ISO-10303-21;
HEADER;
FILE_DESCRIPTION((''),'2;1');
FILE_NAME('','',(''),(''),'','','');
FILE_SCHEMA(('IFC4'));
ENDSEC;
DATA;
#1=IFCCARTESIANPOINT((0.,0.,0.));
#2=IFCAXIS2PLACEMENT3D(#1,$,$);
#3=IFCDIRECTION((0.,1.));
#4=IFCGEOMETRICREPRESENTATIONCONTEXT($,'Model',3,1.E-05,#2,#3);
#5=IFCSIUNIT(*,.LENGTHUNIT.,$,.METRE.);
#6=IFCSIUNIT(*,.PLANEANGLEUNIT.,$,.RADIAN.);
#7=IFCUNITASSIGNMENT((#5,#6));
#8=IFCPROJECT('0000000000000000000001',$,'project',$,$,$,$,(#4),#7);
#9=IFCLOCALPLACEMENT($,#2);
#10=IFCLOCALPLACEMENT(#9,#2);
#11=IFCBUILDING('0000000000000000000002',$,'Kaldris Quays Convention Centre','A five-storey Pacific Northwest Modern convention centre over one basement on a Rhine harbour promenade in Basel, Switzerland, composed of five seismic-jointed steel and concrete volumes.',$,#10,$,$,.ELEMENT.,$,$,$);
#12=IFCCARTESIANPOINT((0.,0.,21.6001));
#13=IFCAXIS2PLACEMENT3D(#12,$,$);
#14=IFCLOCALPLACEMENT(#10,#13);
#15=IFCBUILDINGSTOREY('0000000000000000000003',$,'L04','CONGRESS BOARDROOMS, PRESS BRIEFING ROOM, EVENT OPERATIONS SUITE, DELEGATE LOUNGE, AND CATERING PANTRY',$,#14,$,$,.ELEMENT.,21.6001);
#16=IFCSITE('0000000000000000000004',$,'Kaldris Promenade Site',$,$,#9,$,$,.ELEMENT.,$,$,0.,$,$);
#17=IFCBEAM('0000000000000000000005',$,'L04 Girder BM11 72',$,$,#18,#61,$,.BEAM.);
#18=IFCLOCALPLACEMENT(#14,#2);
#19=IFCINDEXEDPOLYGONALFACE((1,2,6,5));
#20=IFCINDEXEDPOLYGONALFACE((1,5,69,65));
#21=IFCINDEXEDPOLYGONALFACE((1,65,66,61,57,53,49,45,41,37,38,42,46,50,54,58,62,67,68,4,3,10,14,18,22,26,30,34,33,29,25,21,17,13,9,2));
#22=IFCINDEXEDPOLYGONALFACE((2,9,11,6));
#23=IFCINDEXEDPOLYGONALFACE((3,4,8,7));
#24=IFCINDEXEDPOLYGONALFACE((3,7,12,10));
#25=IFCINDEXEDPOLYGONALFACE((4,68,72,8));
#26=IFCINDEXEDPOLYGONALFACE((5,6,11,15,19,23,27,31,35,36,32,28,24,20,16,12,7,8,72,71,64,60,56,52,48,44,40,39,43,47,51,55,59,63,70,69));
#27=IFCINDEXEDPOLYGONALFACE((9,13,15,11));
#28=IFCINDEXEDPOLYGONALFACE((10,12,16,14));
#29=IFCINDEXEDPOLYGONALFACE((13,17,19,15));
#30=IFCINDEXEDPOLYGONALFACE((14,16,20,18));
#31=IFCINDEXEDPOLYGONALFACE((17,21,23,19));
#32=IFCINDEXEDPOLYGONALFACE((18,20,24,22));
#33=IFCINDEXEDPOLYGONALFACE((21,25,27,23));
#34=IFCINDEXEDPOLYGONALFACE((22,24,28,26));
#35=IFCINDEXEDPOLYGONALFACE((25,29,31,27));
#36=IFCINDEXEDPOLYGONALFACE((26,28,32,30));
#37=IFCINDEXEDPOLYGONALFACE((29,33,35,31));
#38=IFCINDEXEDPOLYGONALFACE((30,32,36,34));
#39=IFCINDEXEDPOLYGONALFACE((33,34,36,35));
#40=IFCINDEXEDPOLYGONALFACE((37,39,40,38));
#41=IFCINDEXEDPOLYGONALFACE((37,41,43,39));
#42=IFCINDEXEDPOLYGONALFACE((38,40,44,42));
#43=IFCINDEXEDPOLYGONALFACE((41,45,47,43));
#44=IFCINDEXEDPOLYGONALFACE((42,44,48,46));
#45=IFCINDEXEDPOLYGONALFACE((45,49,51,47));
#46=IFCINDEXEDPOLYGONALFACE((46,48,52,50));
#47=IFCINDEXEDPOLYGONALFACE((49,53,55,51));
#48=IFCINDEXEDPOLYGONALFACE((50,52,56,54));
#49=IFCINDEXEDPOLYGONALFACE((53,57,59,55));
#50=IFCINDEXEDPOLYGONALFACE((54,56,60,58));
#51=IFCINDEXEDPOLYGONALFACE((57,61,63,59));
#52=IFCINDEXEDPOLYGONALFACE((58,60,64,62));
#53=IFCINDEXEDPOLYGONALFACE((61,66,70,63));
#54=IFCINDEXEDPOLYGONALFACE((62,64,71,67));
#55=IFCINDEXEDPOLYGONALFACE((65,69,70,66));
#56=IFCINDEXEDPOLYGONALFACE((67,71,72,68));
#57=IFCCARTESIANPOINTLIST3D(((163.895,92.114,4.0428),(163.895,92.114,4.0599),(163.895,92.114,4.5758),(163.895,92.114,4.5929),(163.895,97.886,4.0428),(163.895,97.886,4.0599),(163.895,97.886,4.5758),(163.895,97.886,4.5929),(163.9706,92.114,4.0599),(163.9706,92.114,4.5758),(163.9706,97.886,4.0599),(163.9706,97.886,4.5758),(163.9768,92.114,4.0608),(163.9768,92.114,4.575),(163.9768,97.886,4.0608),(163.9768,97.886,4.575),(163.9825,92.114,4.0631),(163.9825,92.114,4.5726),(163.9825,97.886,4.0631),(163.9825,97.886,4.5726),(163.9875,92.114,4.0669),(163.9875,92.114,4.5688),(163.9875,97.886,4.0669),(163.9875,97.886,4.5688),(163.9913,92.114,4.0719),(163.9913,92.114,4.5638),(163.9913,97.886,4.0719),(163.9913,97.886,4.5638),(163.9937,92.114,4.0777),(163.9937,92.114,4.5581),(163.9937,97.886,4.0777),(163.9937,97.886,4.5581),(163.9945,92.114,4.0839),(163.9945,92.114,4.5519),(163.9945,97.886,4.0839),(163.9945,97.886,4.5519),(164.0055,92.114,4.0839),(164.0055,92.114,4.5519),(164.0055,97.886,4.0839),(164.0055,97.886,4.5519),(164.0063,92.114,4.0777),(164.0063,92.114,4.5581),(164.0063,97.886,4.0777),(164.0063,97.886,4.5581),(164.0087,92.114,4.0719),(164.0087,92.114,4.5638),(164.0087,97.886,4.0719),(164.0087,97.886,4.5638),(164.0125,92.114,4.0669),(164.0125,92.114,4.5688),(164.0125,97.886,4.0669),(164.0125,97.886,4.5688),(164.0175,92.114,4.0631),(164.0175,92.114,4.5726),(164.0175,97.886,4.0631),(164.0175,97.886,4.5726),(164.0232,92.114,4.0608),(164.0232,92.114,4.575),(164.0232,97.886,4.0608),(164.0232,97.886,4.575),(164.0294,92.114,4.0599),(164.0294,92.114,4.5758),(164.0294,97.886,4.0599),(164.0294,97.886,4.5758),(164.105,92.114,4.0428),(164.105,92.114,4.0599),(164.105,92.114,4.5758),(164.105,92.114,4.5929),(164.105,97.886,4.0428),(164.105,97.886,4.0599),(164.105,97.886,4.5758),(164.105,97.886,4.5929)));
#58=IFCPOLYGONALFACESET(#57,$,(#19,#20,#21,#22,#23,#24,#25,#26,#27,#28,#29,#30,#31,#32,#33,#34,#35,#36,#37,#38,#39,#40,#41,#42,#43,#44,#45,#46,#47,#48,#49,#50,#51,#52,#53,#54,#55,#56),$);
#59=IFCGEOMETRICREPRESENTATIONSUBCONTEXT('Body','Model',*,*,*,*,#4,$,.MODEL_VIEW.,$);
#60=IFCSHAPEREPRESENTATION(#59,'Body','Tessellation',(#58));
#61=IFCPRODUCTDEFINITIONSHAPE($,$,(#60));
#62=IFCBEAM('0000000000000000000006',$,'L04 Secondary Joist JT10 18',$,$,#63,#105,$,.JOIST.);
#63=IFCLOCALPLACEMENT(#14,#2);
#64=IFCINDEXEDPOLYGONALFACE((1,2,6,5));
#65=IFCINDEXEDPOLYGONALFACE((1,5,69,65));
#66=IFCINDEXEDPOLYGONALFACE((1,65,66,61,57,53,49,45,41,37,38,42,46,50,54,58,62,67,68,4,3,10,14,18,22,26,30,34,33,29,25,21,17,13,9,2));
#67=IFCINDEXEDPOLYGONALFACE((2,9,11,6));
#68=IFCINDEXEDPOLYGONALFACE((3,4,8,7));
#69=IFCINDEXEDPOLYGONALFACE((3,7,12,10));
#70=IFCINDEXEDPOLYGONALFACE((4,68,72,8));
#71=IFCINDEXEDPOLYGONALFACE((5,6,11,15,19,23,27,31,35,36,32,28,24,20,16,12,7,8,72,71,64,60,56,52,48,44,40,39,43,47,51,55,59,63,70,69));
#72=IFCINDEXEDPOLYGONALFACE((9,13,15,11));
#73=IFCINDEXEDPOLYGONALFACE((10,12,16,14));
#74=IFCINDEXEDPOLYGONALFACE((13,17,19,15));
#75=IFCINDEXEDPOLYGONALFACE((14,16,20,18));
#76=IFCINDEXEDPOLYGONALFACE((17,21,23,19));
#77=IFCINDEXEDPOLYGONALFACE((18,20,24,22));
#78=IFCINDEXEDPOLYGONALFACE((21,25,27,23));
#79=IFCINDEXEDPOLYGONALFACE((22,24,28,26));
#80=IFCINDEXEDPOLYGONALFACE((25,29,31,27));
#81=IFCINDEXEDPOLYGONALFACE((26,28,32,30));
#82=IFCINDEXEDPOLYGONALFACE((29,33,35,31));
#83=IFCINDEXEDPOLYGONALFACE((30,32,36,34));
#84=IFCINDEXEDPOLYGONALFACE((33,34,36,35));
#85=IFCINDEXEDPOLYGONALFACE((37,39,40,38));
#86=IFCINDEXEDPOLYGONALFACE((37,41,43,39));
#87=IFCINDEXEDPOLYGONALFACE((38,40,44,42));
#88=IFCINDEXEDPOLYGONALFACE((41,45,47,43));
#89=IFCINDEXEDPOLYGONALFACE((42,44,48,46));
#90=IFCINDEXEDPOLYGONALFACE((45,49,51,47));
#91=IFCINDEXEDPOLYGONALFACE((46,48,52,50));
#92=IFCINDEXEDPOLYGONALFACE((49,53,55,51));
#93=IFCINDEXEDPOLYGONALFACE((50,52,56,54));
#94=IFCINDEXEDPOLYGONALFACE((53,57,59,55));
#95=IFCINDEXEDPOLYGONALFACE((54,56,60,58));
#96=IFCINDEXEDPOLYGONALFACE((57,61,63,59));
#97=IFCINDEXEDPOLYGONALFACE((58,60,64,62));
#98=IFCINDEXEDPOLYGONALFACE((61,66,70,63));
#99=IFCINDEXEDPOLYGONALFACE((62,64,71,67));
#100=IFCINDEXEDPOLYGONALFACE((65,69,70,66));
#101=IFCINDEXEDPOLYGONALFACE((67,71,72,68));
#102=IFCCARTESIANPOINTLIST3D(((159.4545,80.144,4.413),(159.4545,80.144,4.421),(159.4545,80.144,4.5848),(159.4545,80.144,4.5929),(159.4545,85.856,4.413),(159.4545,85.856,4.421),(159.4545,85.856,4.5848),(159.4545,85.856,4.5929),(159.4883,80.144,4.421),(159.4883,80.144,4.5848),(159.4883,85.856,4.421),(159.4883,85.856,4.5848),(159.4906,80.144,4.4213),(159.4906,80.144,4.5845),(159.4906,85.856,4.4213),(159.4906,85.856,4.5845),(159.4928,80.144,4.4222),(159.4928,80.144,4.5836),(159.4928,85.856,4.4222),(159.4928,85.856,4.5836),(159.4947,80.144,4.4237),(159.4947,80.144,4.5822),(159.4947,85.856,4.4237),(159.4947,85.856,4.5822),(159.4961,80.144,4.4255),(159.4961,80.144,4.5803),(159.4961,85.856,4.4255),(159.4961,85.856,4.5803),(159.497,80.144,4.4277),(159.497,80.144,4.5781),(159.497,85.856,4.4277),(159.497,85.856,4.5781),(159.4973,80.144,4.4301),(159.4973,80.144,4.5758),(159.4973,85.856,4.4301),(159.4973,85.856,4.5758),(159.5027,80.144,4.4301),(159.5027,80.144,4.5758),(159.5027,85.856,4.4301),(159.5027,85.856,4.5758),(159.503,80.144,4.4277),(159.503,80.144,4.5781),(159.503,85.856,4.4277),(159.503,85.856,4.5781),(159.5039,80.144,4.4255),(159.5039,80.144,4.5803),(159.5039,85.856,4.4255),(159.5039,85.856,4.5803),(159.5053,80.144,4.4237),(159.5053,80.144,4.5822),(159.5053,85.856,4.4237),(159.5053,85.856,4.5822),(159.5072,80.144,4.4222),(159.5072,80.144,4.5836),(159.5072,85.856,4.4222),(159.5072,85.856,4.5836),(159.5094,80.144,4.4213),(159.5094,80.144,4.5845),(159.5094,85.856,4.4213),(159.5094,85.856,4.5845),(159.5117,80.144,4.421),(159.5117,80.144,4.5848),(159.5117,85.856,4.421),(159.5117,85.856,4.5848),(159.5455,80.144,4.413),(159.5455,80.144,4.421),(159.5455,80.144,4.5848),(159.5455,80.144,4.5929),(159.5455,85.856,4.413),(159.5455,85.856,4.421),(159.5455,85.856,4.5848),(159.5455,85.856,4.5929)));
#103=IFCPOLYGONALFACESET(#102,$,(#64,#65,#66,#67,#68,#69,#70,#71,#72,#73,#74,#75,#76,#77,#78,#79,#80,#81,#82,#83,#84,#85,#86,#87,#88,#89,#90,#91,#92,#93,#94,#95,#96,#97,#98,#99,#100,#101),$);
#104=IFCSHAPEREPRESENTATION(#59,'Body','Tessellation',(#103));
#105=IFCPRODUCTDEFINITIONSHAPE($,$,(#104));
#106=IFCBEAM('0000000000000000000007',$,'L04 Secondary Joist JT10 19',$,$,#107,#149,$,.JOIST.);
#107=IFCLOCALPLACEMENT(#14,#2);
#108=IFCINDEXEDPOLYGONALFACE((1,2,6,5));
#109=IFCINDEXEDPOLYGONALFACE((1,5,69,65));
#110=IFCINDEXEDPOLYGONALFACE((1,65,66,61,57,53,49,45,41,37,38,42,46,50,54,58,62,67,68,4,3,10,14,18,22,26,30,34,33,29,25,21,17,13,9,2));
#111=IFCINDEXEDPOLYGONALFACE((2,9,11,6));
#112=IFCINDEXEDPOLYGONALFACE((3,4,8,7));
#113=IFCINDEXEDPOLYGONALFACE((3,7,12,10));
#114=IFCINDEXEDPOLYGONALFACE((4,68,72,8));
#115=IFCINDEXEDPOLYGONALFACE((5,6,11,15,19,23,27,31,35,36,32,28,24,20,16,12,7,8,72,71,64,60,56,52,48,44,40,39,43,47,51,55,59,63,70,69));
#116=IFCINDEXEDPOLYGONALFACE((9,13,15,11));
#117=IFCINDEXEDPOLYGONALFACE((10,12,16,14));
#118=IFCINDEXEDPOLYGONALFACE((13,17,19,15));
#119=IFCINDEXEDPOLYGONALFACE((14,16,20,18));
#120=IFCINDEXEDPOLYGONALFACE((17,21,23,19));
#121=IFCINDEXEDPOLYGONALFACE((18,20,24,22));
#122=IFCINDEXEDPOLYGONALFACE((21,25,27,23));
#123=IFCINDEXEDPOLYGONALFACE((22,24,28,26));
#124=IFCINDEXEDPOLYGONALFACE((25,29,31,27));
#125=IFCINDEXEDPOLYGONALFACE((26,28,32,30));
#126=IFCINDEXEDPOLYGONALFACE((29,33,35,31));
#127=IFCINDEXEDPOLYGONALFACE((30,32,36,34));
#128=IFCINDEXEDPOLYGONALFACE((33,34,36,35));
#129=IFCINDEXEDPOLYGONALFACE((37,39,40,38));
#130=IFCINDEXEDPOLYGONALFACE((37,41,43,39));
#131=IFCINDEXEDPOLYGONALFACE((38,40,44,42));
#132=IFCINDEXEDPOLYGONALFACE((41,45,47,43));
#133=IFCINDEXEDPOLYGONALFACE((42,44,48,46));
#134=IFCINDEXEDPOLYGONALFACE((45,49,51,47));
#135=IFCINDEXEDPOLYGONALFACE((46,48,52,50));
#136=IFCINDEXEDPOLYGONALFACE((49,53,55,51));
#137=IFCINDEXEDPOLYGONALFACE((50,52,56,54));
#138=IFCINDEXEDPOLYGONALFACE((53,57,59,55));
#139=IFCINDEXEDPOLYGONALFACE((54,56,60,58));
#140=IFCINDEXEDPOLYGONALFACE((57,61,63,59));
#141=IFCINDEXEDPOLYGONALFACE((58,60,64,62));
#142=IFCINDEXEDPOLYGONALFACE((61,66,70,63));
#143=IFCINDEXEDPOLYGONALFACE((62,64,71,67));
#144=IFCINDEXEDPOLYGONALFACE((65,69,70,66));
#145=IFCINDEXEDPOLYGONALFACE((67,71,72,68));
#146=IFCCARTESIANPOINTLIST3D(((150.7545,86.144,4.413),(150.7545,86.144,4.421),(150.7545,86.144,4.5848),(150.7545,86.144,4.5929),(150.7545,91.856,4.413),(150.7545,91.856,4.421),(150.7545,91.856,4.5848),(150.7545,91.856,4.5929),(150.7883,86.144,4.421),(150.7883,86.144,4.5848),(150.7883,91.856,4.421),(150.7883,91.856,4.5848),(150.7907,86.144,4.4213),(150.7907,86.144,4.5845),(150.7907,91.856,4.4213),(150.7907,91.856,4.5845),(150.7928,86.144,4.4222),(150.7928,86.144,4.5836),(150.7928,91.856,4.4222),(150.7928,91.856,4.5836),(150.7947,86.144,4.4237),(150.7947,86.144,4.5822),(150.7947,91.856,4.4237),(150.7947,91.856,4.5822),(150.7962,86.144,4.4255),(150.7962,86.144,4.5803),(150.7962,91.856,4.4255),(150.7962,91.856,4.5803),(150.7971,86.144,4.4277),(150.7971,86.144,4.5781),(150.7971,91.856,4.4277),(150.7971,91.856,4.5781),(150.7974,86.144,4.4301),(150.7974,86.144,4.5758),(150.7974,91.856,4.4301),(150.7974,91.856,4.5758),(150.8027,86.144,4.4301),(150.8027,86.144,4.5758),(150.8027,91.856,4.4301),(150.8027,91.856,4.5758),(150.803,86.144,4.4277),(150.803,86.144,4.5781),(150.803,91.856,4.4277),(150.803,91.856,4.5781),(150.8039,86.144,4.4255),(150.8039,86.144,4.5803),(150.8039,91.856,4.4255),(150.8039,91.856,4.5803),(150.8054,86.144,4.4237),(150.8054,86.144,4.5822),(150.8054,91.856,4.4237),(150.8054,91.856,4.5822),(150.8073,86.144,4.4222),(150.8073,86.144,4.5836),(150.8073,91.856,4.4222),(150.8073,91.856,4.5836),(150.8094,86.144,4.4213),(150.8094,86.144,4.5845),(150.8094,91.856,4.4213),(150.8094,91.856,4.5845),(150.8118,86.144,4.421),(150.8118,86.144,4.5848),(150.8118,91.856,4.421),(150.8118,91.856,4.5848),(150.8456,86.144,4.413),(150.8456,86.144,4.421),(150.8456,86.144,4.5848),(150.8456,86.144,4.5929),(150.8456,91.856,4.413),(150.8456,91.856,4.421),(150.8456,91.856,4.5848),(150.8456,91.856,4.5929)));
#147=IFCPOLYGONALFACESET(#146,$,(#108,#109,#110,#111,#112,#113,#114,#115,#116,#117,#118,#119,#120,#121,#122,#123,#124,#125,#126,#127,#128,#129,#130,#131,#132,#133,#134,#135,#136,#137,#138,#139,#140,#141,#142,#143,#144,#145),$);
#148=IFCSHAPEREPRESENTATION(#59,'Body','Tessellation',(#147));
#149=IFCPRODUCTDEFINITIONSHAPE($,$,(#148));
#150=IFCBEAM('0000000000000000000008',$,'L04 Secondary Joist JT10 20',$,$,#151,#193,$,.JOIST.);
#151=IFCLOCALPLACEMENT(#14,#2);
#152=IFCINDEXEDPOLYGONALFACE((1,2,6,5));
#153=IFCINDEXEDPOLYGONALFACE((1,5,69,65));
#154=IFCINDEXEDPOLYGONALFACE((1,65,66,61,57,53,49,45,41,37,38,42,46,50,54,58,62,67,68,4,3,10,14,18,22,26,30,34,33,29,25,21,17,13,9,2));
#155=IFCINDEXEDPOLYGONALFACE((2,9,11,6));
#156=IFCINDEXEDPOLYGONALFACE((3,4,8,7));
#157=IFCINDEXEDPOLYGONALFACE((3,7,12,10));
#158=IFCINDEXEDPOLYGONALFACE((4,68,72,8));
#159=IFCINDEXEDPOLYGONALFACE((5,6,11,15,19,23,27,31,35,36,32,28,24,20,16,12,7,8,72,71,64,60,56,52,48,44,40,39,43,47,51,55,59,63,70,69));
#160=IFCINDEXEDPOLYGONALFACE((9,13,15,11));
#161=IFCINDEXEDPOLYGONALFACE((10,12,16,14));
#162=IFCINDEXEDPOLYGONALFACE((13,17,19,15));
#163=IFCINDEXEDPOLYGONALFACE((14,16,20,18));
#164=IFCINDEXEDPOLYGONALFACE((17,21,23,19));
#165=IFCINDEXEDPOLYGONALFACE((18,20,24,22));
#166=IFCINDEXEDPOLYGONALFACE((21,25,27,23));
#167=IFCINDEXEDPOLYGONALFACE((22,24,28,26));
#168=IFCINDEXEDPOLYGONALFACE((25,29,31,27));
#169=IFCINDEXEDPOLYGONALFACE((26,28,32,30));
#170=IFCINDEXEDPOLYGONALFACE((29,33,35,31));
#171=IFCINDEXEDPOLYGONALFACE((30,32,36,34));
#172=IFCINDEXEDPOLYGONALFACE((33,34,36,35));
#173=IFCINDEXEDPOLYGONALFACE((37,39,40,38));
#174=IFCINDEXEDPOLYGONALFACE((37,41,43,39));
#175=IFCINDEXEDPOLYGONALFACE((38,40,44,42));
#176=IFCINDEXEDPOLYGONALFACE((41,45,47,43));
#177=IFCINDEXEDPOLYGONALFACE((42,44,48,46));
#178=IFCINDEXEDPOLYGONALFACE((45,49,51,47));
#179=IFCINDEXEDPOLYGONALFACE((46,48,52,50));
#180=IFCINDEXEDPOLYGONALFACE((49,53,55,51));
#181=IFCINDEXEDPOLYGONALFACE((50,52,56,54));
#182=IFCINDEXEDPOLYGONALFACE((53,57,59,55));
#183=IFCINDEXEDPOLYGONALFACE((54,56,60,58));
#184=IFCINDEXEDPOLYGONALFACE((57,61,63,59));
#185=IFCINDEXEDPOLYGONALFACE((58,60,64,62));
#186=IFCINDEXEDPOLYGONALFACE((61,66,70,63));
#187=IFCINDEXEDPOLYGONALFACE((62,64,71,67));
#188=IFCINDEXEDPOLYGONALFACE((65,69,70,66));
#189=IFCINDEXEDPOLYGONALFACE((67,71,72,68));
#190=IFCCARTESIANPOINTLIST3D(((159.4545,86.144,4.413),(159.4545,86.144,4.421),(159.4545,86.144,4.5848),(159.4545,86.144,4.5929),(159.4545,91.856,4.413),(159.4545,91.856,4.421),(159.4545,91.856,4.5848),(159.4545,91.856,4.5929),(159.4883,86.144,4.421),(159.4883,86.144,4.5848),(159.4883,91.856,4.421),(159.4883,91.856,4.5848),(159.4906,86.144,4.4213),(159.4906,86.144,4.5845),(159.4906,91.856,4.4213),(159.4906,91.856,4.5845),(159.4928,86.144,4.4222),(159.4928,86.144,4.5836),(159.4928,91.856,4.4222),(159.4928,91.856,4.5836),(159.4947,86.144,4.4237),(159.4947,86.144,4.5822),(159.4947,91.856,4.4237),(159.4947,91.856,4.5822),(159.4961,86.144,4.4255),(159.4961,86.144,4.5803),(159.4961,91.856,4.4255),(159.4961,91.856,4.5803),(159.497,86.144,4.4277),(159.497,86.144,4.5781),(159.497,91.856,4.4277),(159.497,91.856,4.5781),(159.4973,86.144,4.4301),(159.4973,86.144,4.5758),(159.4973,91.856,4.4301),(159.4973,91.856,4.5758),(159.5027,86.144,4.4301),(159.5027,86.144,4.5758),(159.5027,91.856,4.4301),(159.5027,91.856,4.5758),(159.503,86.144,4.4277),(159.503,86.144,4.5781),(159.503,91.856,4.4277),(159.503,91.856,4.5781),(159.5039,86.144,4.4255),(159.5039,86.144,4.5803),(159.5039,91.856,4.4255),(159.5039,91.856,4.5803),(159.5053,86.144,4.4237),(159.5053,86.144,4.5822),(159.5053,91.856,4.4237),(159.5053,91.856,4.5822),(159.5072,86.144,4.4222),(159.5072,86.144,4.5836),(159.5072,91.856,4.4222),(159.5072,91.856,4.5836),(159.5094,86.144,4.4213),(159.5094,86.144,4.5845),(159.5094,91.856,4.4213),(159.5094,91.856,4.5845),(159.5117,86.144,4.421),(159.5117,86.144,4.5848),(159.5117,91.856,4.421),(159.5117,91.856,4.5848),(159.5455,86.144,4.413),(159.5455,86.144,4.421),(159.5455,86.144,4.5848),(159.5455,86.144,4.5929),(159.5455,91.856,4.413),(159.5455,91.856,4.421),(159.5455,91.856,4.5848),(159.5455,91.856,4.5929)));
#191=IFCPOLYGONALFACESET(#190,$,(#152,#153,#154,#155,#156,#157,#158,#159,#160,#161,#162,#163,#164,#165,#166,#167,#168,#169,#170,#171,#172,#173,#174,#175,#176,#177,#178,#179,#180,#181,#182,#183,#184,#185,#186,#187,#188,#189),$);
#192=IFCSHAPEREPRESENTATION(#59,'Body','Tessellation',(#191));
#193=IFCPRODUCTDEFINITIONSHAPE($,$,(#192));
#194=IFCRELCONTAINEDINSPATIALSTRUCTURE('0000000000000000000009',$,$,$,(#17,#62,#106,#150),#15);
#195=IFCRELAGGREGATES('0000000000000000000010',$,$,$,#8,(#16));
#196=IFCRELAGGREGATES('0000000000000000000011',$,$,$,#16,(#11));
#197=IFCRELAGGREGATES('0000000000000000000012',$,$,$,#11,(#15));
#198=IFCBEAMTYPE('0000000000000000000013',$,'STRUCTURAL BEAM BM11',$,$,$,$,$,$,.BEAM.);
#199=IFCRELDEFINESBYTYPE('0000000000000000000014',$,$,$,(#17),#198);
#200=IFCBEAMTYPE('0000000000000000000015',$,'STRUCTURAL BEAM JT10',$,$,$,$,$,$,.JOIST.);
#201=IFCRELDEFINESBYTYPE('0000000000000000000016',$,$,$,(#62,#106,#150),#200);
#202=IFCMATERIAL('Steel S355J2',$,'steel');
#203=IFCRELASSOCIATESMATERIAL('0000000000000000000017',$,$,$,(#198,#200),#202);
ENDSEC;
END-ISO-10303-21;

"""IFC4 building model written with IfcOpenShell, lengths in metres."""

from ifc_helpers import new_model, si_unit, direction, frame, origin, origin_2d, place, context, subcontext, project, spatial, i_section, extrude, material, material_profile, profile_set, type_object, element, save


model = new_model("IFC4")

# Units and contexts
model_context = context("Model", 3, precision=1e-05, world=origin(), true_north=direction((0.0, 1.0)))
body_context = subcontext(model_context, "Body", "Model", "MODEL_VIEW")
ifc_project = project(units=[si_unit("LENGTHUNIT", "METRE"), si_unit("PLANEANGLEUNIT", "RADIAN")], contexts=[model_context])

# Site, building, storey
site_placement = place(None, origin())
site = spatial("IfcSite", under=ifc_project, at=site_placement, Name="Kaldris Promenade Site", CompositionType="ELEMENT", RefElevation=0.0)
building_placement = place(site_placement, origin())
building = spatial("IfcBuilding", under=site, at=building_placement, Name="Kaldris Quays Convention Centre", Description="A five-storey Pacific Northwest Modern convention centre over one basement on a Rhine harbour promenade in Basel, Switzerland, composed of five seismic-jointed steel and concrete volumes.", CompositionType="ELEMENT")
storey_placement = place(building_placement, frame((0.0, 0.0, 21.6001)))
storey = spatial("IfcBuildingStorey", under=building, at=storey_placement, Name="L04", Description="CONGRESS BOARDROOMS, PRESS BRIEFING ROOM, EVENT OPERATIONS SUITE, DELEGATE LOUNGE, AND CATERING PANTRY", CompositionType="ELEMENT", Elevation=21.6001)

# Shared definitions
ifc_material_1 = material(Name="Steel S355J2", Category="steel")

# Beams
ifc_material_profile_1 = material_profile(ifc_material_1, i_section(OverallWidth=0.21, OverallDepth=0.55, WebThickness=0.011, FlangeThickness=0.0171, FilletRadius=0.0239, at=origin_2d()), Name="IPE 550")
ifc_profile_set_1 = profile_set([ifc_material_profile_1], Name="Steel S355J2")
beam_type_1 = type_object("IfcBeamType", Name="STRUCTURAL BEAM BM11", PredefinedType="BEAM", material=ifc_profile_set_1)
for number, where, z_axis, x_axis, name in (
    (1, (164.0, 92.114, 4.3179), (0.0, 1.0, 0.0), (-1.0, 0.0, 0.0), "L04 Girder BM11 72"),
):
    element("IfcBeam", number, at=place(storey_placement, frame(where, z_axis=z_axis, x_axis=x_axis)), inside=storey, type_object=beam_type_1, Name=name, PredefinedType="BEAM", context=body_context, shape_type="SweptSolid", body=[
        extrude(i_section(OverallWidth=0.21, OverallDepth=0.55, WebThickness=0.011, FlangeThickness=0.0171, FilletRadius=0.0239, at=origin_2d()), origin(), (0.0, 0.0, 1.0), 5.772),
    ])
ifc_material_profile_2 = material_profile(ifc_material_1, i_section(OverallWidth=0.0911, OverallDepth=0.1799, WebThickness=0.0054, FlangeThickness=0.0081, FilletRadius=0.009, at=origin_2d()), Name="IPE 180")
ifc_profile_set_2 = profile_set([ifc_material_profile_2], Name="Steel S355J2")
beam_type_2 = type_object("IfcBeamType", Name="STRUCTURAL BEAM JT10", PredefinedType="JOIST", material=ifc_profile_set_2)
for number, where, z_axis, x_axis, name in (
    (2, (159.5, 80.144, 4.5029), (0.0, 1.0, 0.0), (-1.0, 0.0, 0.0), "L04 Secondary Joist JT10 18"),
    (3, (150.8, 86.144, 4.5029), (0.0, 1.0, 0.0), (-1.0, 0.0, 0.0), "L04 Secondary Joist JT10 19"),
    (4, (159.5, 86.144, 4.5029), (0.0, 1.0, 0.0), (-1.0, 0.0, 0.0), "L04 Secondary Joist JT10 20"),
):
    element("IfcBeam", number, at=place(storey_placement, frame(where, z_axis=z_axis, x_axis=x_axis)), inside=storey, type_object=beam_type_2, Name=name, PredefinedType="JOIST", context=body_context, shape_type="SweptSolid", body=[
        extrude(i_section(OverallWidth=0.0911, OverallDepth=0.1799, WebThickness=0.0054, FlangeThickness=0.0081, FilletRadius=0.009, at=origin_2d()), origin(), (0.0, 0.0, 1.0), 5.7119),
    ])

save(model, "model.ifc")
